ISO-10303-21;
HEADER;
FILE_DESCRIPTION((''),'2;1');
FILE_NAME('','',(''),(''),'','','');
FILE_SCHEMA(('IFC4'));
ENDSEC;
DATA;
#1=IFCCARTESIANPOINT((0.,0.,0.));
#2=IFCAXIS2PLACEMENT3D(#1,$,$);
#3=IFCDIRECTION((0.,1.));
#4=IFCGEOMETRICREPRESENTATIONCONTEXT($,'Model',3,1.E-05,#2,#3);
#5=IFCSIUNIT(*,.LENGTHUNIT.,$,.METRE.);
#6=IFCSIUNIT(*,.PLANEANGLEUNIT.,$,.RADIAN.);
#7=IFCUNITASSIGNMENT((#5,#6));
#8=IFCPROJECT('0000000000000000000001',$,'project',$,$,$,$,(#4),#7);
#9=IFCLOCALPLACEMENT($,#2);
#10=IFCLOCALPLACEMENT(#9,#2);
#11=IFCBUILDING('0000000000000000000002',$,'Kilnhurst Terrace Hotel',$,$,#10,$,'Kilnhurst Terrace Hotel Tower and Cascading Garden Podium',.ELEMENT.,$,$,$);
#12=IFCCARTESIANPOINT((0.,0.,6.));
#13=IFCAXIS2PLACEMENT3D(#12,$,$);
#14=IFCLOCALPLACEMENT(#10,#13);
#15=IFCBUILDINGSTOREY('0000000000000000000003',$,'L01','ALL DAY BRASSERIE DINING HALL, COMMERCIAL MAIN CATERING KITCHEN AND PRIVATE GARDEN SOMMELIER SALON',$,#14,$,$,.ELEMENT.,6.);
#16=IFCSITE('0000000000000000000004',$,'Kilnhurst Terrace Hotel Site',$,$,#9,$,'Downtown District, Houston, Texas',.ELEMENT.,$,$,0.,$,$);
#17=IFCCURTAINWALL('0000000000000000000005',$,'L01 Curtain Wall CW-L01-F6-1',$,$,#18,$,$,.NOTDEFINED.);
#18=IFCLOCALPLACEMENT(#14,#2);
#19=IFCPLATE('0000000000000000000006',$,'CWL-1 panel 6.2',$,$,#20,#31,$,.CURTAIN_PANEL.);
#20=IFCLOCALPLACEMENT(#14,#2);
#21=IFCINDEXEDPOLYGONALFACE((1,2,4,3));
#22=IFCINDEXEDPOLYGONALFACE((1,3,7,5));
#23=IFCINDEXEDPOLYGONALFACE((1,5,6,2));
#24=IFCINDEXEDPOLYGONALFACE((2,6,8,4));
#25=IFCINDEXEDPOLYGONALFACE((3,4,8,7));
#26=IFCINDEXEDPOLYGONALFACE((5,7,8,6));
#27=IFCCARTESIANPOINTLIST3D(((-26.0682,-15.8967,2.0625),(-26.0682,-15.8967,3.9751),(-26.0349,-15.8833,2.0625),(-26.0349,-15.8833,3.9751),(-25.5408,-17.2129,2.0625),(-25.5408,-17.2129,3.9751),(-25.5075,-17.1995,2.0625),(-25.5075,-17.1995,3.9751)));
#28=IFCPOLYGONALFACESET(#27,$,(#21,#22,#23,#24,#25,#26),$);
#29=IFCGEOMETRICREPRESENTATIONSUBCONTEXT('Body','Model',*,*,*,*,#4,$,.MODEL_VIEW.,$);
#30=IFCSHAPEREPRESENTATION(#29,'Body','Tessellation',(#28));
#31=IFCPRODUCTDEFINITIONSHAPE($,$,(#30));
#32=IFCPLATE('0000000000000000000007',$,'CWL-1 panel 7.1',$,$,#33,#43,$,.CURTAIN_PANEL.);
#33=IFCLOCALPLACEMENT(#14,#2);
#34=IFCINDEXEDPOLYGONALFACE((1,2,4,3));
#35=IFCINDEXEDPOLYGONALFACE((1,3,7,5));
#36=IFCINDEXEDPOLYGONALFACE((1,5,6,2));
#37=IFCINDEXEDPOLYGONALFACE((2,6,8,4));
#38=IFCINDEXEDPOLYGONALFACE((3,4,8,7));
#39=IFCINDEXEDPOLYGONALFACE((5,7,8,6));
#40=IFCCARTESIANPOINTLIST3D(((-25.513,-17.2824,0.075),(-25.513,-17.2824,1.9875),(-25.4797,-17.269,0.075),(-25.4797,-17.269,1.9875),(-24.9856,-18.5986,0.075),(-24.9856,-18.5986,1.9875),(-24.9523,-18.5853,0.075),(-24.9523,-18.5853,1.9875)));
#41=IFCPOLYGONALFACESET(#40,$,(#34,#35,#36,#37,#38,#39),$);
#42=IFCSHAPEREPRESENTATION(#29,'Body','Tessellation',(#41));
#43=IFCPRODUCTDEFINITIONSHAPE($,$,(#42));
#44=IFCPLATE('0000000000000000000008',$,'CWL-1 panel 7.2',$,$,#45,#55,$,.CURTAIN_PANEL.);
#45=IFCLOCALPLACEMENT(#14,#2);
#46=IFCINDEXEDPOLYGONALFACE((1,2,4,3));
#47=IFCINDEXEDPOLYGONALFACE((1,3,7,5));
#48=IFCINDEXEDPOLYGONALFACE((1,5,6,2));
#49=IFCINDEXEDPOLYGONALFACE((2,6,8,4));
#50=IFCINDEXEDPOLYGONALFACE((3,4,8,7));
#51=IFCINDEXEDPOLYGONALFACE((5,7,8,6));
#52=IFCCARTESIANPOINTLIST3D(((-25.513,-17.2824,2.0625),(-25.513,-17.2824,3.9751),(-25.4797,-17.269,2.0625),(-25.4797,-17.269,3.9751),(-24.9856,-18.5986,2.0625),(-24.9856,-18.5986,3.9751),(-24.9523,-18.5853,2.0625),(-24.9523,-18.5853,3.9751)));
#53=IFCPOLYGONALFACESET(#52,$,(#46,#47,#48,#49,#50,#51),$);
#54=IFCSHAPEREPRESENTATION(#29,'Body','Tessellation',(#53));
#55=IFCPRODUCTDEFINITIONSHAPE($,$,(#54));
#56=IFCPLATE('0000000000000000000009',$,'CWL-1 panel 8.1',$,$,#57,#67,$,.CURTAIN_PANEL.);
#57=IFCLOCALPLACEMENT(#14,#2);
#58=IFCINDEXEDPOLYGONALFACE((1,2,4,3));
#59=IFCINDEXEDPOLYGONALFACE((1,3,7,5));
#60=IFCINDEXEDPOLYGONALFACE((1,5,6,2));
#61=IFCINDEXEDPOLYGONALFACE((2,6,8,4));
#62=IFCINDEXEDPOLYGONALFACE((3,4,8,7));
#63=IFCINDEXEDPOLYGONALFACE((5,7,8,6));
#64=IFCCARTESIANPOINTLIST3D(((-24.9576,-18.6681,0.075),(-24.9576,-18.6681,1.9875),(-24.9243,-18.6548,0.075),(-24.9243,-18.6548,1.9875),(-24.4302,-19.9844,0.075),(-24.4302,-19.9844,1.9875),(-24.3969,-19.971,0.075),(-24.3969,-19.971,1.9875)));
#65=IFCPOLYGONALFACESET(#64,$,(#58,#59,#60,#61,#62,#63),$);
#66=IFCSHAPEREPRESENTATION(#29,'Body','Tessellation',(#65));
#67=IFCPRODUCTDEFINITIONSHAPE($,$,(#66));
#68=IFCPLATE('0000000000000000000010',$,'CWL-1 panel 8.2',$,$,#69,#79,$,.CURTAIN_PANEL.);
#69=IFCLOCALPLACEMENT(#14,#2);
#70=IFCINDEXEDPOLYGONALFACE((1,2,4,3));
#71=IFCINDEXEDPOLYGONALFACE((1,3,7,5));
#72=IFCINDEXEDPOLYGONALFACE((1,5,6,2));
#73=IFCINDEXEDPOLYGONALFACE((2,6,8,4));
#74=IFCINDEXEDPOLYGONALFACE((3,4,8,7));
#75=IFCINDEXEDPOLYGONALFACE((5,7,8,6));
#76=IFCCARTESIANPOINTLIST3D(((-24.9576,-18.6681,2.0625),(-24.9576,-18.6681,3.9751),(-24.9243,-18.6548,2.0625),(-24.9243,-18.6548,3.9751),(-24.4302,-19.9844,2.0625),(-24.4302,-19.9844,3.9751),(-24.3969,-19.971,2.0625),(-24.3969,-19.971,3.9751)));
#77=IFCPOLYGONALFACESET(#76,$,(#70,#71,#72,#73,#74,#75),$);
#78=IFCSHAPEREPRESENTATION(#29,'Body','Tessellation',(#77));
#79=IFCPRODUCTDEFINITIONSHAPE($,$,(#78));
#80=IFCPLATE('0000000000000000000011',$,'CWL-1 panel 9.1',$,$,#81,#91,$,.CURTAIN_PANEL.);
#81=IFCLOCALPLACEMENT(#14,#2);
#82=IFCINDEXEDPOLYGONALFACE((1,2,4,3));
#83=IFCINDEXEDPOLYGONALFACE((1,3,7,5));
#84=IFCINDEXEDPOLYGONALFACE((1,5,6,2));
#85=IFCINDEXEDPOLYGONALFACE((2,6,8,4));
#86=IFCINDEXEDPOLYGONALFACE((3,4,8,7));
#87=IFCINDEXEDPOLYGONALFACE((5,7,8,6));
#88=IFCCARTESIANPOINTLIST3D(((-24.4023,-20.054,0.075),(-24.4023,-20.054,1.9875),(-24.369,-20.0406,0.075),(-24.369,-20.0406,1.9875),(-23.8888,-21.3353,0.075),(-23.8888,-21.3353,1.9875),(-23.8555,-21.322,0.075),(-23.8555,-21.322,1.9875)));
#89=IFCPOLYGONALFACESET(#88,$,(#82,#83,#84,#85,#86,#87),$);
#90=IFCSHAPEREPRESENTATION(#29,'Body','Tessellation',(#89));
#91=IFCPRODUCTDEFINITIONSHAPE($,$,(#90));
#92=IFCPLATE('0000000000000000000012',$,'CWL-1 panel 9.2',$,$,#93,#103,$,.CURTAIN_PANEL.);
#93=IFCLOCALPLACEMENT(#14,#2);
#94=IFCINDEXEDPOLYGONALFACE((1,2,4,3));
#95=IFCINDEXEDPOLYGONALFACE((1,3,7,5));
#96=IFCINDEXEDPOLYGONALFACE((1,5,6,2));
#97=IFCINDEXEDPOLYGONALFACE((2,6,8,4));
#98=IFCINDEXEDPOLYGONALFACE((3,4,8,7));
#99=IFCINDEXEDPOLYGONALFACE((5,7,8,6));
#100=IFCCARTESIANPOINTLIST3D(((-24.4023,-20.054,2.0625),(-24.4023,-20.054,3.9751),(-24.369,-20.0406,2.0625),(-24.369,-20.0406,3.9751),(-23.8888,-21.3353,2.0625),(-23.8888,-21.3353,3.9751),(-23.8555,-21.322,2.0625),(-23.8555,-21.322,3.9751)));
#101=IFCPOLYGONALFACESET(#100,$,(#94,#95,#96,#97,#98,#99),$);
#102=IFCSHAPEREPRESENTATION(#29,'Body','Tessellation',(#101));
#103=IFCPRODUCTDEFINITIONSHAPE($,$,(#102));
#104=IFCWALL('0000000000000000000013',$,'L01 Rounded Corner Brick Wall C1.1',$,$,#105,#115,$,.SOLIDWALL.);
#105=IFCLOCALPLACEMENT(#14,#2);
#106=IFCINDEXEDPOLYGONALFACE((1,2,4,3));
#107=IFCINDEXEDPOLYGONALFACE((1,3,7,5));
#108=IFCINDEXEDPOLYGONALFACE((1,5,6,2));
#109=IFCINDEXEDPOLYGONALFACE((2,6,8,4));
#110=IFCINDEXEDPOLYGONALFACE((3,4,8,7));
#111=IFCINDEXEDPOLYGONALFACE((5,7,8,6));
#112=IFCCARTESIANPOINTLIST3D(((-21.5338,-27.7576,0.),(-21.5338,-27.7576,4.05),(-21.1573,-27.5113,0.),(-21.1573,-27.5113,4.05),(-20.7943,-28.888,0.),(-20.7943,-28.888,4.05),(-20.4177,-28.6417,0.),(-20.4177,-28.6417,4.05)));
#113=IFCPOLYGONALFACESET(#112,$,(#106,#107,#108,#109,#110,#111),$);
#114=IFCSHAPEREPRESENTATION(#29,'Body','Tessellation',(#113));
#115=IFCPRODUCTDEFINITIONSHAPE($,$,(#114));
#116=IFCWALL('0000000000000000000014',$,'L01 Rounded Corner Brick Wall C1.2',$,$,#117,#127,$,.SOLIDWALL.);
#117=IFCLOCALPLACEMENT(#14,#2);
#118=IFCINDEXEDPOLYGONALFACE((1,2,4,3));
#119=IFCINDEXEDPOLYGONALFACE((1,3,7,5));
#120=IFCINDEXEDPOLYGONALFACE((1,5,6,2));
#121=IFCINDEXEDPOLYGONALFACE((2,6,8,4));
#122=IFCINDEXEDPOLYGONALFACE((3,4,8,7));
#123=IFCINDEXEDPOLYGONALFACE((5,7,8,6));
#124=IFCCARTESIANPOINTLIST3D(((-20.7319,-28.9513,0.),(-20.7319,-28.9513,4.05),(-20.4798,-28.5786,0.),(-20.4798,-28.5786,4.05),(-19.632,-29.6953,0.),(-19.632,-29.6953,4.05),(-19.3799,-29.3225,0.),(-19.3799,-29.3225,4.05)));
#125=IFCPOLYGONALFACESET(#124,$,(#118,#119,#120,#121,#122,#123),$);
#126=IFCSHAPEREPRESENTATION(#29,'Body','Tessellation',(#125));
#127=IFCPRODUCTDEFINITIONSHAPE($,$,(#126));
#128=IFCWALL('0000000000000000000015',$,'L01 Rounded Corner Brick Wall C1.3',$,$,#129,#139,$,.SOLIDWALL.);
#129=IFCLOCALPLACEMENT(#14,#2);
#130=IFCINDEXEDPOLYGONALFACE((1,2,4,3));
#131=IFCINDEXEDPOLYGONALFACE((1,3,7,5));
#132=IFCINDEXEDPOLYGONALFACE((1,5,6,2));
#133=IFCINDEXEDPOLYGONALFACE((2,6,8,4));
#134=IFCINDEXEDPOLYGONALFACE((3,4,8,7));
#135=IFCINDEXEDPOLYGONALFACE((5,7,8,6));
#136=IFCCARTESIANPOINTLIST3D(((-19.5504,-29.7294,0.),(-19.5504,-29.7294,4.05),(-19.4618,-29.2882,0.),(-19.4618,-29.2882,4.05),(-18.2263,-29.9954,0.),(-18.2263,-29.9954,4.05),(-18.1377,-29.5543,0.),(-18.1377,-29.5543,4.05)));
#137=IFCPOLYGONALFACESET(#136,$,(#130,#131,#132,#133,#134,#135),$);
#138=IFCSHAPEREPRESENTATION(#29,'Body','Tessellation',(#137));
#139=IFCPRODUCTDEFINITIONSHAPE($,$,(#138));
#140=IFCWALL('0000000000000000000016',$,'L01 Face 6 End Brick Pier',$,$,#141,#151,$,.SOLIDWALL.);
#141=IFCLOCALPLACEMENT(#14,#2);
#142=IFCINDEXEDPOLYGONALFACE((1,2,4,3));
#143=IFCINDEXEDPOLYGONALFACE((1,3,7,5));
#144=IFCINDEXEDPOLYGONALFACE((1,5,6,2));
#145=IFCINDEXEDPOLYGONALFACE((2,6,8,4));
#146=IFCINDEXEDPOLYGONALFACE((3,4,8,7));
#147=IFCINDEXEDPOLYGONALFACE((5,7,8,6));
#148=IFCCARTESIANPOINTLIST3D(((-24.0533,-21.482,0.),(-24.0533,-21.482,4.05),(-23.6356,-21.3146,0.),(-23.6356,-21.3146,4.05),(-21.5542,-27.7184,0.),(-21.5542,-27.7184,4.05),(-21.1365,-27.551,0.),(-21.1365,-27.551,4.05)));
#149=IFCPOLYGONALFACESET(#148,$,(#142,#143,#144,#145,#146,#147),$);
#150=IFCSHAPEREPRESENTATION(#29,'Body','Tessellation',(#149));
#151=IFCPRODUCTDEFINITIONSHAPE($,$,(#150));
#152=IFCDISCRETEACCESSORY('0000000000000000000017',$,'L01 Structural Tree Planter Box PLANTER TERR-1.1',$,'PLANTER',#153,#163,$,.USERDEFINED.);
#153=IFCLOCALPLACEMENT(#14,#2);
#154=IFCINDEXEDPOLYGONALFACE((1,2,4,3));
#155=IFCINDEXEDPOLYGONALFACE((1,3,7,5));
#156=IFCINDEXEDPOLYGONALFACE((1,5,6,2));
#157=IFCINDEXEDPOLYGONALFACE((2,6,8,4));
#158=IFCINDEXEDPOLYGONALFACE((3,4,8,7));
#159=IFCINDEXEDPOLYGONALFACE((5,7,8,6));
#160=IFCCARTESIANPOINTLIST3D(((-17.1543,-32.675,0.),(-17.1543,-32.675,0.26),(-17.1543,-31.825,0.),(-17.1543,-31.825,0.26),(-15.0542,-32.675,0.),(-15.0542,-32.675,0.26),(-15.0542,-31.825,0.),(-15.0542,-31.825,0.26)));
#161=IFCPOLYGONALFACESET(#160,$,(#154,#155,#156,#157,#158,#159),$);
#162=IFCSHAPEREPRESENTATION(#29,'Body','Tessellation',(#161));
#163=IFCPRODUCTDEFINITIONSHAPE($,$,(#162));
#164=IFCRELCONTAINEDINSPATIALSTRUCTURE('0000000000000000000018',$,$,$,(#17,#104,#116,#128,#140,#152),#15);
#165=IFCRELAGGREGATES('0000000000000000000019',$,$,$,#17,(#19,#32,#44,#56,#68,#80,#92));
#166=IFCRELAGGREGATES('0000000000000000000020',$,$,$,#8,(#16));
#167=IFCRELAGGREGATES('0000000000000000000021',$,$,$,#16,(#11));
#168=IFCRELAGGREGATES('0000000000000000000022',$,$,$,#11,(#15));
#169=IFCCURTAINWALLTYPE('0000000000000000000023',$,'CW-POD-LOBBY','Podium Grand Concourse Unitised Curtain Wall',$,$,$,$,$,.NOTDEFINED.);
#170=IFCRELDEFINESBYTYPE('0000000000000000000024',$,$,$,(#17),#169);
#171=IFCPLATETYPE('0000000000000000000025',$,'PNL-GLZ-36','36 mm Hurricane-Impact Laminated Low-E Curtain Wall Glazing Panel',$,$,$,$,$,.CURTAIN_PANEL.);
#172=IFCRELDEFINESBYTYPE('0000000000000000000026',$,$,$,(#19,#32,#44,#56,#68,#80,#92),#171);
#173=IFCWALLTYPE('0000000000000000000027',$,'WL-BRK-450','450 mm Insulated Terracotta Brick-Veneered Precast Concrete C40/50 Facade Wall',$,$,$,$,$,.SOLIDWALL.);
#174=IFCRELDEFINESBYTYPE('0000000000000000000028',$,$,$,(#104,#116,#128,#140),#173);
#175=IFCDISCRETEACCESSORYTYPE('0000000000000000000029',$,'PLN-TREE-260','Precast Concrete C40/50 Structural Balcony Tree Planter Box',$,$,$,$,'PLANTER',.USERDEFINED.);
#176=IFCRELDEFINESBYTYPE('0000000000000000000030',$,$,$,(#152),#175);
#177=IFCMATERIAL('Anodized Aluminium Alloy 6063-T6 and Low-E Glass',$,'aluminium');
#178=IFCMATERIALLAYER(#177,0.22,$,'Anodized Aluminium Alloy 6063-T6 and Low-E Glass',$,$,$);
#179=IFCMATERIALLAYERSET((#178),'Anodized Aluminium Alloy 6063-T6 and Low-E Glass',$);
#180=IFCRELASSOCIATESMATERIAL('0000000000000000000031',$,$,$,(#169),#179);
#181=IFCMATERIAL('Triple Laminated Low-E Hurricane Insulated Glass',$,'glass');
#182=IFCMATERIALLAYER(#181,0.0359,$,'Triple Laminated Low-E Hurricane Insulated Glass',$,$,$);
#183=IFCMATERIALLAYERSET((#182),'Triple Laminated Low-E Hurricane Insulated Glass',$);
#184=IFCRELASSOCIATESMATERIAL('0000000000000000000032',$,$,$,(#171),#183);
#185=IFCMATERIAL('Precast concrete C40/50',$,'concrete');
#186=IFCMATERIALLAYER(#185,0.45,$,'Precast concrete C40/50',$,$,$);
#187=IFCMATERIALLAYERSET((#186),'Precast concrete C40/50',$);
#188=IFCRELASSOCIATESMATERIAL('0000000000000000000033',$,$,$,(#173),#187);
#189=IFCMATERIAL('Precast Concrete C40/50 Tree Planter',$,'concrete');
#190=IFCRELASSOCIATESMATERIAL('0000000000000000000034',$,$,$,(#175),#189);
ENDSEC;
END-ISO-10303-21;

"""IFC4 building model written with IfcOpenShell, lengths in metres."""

from ifc_helpers import new_model, si_unit, direction, frame, frame_2d, origin, origin_2d, place, context, subcontext, project, spatial, rectangle, extrude, material, layer, layer_set, type_object, element, aggregate, save


model = new_model("IFC4")

# Units and contexts
model_context = context("Model", 3, precision=1e-05, world=origin(), true_north=direction((0.0, 1.0)))
body_context = subcontext(model_context, "Body", "Model", "MODEL_VIEW")
ifc_project = project(units=[si_unit("LENGTHUNIT", "METRE"), si_unit("PLANEANGLEUNIT", "RADIAN")], contexts=[model_context])

# Site, building, storey
site_placement = place(None, origin())
site = spatial("IfcSite", under=ifc_project, at=site_placement, Name="Kilnhurst Terrace Hotel Site", LongName="Downtown District, Houston, Texas", CompositionType="ELEMENT", RefElevation=0.0)
building_placement = place(site_placement, origin())
building = spatial("IfcBuilding", under=site, at=building_placement, Name="Kilnhurst Terrace Hotel", LongName="Kilnhurst Terrace Hotel Tower and Cascading Garden Podium", CompositionType="ELEMENT")
storey_placement = place(building_placement, frame((0.0, 0.0, 6.0)))
storey = spatial("IfcBuildingStorey", under=building, at=storey_placement, Name="L01", Description="ALL DAY BRASSERIE DINING HALL, COMMERCIAL MAIN CATERING KITCHEN AND PRIVATE GARDEN SOMMELIER SALON", CompositionType="ELEMENT", Elevation=6.0)

# Curtain wall
ifc_material_1 = material(Name="Anodized Aluminium Alloy 6063-T6 and Low-E Glass", Category="aluminium")
ifc_layer_1 = layer(ifc_material_1, 0.22, Name="Anodized Aluminium Alloy 6063-T6 and Low-E Glass")
ifc_layer_set_1 = layer_set([ifc_layer_1], Name="Anodized Aluminium Alloy 6063-T6 and Low-E Glass")
curtain_wall_type = type_object("IfcCurtainWallType", Name="CW-POD-LOBBY", Description="Podium Grand Concourse Unitised Curtain Wall", PredefinedType="NOTDEFINED", material=ifc_layer_set_1)
curtain_wall_placement = place(storey_placement, origin())
curtain_wall = element("IfcCurtainWall", 1, at=curtain_wall_placement, inside=storey, type_object=curtain_wall_type, Name="L01 Curtain Wall CW-L01-F6-1", PredefinedType="NOTDEFINED")

# Plates
ifc_material_2 = material(Name="Triple Laminated Low-E Hurricane Insulated Glass", Category="glass")
ifc_layer_2 = layer(ifc_material_2, 0.0359, Name="Triple Laminated Low-E Hurricane Insulated Glass")
ifc_layer_set_2 = layer_set([ifc_layer_2], Name="Triple Laminated Low-E Hurricane Insulated Glass")
plate_type = type_object("IfcPlateType", Name="PNL-GLZ-36", Description="36 mm Hurricane-Impact Laminated Low-E Curtain Wall Glazing Panel", PredefinedType="CURTAIN_PANEL", material=ifc_layer_set_2)
plate_1_placement = place(storey_placement, frame((-25.7878, -16.5481, 2.0625), z_axis=(0.0, 0.0, 1.0), x_axis=(0.371955, -0.928251, 0.0)))
plate_1 = element("IfcPlate", 2, at=plate_1_placement, type_object=plate_type, Name="CWL-1 panel 6.2", PredefinedType="CURTAIN_PANEL", context=body_context, shape_type="SweptSolid", body=[
    extrude(rectangle(XDim=1.418, YDim=0.0359, at=origin_2d()), origin(), (0.0, 0.0, 1.0), 1.9126),
])
plate_2_placement = place(storey_placement, frame((-25.2327, -17.9338, 0.075), z_axis=(0.0, 0.0, 1.0), x_axis=(0.371955, -0.928251, 0.0)))
plate_2 = element("IfcPlate", 3, at=plate_2_placement, type_object=plate_type, Name="CWL-1 panel 7.1", PredefinedType="CURTAIN_PANEL", context=body_context, shape_type="SweptSolid", body=[
    extrude(rectangle(XDim=1.418, YDim=0.0359, at=origin_2d()), origin(), (0.0, 0.0, 1.0), 1.9126),
])
plate_3_placement = place(storey_placement, frame((-25.2327, -17.9338, 2.0625), z_axis=(0.0, 0.0, 1.0), x_axis=(0.371955, -0.928251, 0.0)))
plate_3 = element("IfcPlate", 4, at=plate_3_placement, type_object=plate_type, Name="CWL-1 panel 7.2", PredefinedType="CURTAIN_PANEL", context=body_context, shape_type="SweptSolid", body=[
    extrude(rectangle(XDim=1.418, YDim=0.0359, at=origin_2d()), origin(), (0.0, 0.0, 1.0), 1.9126),
])
plate_4_placement = place(storey_placement, frame((-24.6772, -19.3196, 0.075), z_axis=(0.0, 0.0, 1.0), x_axis=(0.371955, -0.928251, 0.0)))
plate_4 = element("IfcPlate", 5, at=plate_4_placement, type_object=plate_type, Name="CWL-1 panel 8.1", PredefinedType="CURTAIN_PANEL", context=body_context, shape_type="SweptSolid", body=[
    extrude(rectangle(XDim=1.418, YDim=0.0359, at=origin_2d()), origin(), (0.0, 0.0, 1.0), 1.9126),
])
plate_5_placement = place(storey_placement, frame((-24.6772, -19.3196, 2.0625), z_axis=(0.0, 0.0, 1.0), x_axis=(0.371955, -0.928251, 0.0)))
plate_5 = element("IfcPlate", 6, at=plate_5_placement, type_object=plate_type, Name="CWL-1 panel 8.2", PredefinedType="CURTAIN_PANEL", context=body_context, shape_type="SweptSolid", body=[
    extrude(rectangle(XDim=1.418, YDim=0.0359, at=origin_2d()), origin(), (0.0, 0.0, 1.0), 1.9126),
])
plate_6_placement = place(storey_placement, frame((-24.1289, -20.688, 0.075), z_axis=(0.0, 0.0, 1.0), x_axis=(0.371955, -0.928251, 0.0)))
plate_6 = element("IfcPlate", 7, at=plate_6_placement, type_object=plate_type, Name="CWL-1 panel 9.1", PredefinedType="CURTAIN_PANEL", context=body_context, shape_type="SweptSolid", body=[
    extrude(rectangle(XDim=1.3804, YDim=0.0359, at=origin_2d()), origin(), (0.0, 0.0, 1.0), 1.9126),
])
plate_7_placement = place(storey_placement, frame((-24.1289, -20.688, 2.0625), z_axis=(0.0, 0.0, 1.0), x_axis=(0.371955, -0.928251, 0.0)))
plate_7 = element("IfcPlate", 8, at=plate_7_placement, type_object=plate_type, Name="CWL-1 panel 9.2", PredefinedType="CURTAIN_PANEL", context=body_context, shape_type="SweptSolid", body=[
    extrude(rectangle(XDim=1.3804, YDim=0.0359, at=origin_2d()), origin(), (0.0, 0.0, 1.0), 1.9126),
])
aggregate(curtain_wall, [plate_1, plate_2, plate_3, plate_4, plate_5, plate_6, plate_7])

# Walls
ifc_material_3 = material(Name="Precast concrete C40/50", Category="concrete")
ifc_layer_3 = layer(ifc_material_3, 0.45, Name="Precast concrete C40/50")
ifc_layer_set_3 = layer_set([ifc_layer_3], Name="Precast concrete C40/50")
wall_type = type_object("IfcWallType", Name="WL-BRK-450", Description="450 mm Insulated Terracotta Brick-Veneered Precast Concrete C40/50 Facade Wall", PredefinedType="SOLIDWALL", material=ifc_layer_set_3)
wall_1_placement = place(storey_placement, frame((-21.3455, -27.6345, 0.0), z_axis=(0.0, 0.0, 1.0), x_axis=(0.547464, -0.836829, 0.0)))
element("IfcWall", 9, at=wall_1_placement, inside=storey, type_object=wall_type, Name="L01 Rounded Corner Brick Wall C1.1", PredefinedType="SOLIDWALL", context=body_context, shape_type="SweptSolid", body=[
    extrude(rectangle(XDim=1.3508, YDim=0.45, at=frame_2d((0.6753, 0.0))), origin(), (0.0, 0.0, 1.0), 4.05),
])
wall_2_placement = place(storey_placement, frame((-20.606, -28.7649, 0.0), z_axis=(0.0, 0.0, 1.0), x_axis=(0.828326, -0.560246, 0.0)))
element("IfcWall", 10, at=wall_2_placement, inside=storey, type_object=wall_type, Name="L01 Rounded Corner Brick Wall C1.2", PredefinedType="SOLIDWALL", context=body_context, shape_type="SweptSolid", body=[
    extrude(rectangle(XDim=1.3279, YDim=0.45, at=frame_2d((0.6641, 0.0))), origin(), (0.0, 0.0, 1.0), 4.05),
])
wall_3_placement = place(storey_placement, frame((-19.5061, -29.5088, 0.0), z_axis=(0.0, 0.0, 1.0), x_axis=(0.9804, -0.19702, 0.0)))
element("IfcWall", 11, at=wall_3_placement, inside=storey, type_object=wall_type, Name="L01 Rounded Corner Brick Wall C1.3", PredefinedType="SOLIDWALL", context=body_context, shape_type="SweptSolid", body=[
    extrude(rectangle(XDim=1.3506, YDim=0.45, at=frame_2d((0.6753, 0.0))), origin(), (0.0, 0.0, 1.0), 4.05),
])

# Wall
wall_4_placement = place(storey_placement, frame((-23.8445, -21.3982, 0.0), z_axis=(0.0, 0.0, 1.0), x_axis=(0.371967, -0.928246, 0.0)))
element("IfcWall", 12, at=wall_4_placement, inside=storey, type_object=wall_type, Name="L01 Face 6 End Brick Pier", PredefinedType="SOLIDWALL", context=body_context, shape_type="SweptSolid", body=[
    extrude(rectangle(XDim=6.7185, YDim=0.45, at=frame_2d((3.3594, 0.0))), origin(), (0.0, 0.0, 1.0), 4.05),
])

# Discrete accessory
ifc_material_4 = material(Name="Precast Concrete C40/50 Tree Planter", Category="concrete")
discrete_accessory_type = type_object("IfcDiscreteAccessoryType", Name="PLN-TREE-260", Description="Precast Concrete C40/50 Structural Balcony Tree Planter Box", ElementType="PLANTER", PredefinedType="USERDEFINED", material=ifc_material_4)
discrete_accessory_placement = place(storey_placement, frame((-16.1042, -32.25, 0.0), z_axis=(0.0, 0.0, 1.0), x_axis=(1.0, 0.0, 0.0)))
element("IfcDiscreteAccessory", 13, at=discrete_accessory_placement, inside=storey, type_object=discrete_accessory_type, Name="L01 Structural Tree Planter Box PLANTER TERR-1.1", ObjectType="PLANTER", PredefinedType="USERDEFINED", context=body_context, shape_type="SweptSolid", body=[
    extrude(rectangle(XDim=2.1001, YDim=0.8501, at=origin_2d()), origin(), (0.0, 0.0, 1.0), 0.26),
])

save(model, "model.ifc")
